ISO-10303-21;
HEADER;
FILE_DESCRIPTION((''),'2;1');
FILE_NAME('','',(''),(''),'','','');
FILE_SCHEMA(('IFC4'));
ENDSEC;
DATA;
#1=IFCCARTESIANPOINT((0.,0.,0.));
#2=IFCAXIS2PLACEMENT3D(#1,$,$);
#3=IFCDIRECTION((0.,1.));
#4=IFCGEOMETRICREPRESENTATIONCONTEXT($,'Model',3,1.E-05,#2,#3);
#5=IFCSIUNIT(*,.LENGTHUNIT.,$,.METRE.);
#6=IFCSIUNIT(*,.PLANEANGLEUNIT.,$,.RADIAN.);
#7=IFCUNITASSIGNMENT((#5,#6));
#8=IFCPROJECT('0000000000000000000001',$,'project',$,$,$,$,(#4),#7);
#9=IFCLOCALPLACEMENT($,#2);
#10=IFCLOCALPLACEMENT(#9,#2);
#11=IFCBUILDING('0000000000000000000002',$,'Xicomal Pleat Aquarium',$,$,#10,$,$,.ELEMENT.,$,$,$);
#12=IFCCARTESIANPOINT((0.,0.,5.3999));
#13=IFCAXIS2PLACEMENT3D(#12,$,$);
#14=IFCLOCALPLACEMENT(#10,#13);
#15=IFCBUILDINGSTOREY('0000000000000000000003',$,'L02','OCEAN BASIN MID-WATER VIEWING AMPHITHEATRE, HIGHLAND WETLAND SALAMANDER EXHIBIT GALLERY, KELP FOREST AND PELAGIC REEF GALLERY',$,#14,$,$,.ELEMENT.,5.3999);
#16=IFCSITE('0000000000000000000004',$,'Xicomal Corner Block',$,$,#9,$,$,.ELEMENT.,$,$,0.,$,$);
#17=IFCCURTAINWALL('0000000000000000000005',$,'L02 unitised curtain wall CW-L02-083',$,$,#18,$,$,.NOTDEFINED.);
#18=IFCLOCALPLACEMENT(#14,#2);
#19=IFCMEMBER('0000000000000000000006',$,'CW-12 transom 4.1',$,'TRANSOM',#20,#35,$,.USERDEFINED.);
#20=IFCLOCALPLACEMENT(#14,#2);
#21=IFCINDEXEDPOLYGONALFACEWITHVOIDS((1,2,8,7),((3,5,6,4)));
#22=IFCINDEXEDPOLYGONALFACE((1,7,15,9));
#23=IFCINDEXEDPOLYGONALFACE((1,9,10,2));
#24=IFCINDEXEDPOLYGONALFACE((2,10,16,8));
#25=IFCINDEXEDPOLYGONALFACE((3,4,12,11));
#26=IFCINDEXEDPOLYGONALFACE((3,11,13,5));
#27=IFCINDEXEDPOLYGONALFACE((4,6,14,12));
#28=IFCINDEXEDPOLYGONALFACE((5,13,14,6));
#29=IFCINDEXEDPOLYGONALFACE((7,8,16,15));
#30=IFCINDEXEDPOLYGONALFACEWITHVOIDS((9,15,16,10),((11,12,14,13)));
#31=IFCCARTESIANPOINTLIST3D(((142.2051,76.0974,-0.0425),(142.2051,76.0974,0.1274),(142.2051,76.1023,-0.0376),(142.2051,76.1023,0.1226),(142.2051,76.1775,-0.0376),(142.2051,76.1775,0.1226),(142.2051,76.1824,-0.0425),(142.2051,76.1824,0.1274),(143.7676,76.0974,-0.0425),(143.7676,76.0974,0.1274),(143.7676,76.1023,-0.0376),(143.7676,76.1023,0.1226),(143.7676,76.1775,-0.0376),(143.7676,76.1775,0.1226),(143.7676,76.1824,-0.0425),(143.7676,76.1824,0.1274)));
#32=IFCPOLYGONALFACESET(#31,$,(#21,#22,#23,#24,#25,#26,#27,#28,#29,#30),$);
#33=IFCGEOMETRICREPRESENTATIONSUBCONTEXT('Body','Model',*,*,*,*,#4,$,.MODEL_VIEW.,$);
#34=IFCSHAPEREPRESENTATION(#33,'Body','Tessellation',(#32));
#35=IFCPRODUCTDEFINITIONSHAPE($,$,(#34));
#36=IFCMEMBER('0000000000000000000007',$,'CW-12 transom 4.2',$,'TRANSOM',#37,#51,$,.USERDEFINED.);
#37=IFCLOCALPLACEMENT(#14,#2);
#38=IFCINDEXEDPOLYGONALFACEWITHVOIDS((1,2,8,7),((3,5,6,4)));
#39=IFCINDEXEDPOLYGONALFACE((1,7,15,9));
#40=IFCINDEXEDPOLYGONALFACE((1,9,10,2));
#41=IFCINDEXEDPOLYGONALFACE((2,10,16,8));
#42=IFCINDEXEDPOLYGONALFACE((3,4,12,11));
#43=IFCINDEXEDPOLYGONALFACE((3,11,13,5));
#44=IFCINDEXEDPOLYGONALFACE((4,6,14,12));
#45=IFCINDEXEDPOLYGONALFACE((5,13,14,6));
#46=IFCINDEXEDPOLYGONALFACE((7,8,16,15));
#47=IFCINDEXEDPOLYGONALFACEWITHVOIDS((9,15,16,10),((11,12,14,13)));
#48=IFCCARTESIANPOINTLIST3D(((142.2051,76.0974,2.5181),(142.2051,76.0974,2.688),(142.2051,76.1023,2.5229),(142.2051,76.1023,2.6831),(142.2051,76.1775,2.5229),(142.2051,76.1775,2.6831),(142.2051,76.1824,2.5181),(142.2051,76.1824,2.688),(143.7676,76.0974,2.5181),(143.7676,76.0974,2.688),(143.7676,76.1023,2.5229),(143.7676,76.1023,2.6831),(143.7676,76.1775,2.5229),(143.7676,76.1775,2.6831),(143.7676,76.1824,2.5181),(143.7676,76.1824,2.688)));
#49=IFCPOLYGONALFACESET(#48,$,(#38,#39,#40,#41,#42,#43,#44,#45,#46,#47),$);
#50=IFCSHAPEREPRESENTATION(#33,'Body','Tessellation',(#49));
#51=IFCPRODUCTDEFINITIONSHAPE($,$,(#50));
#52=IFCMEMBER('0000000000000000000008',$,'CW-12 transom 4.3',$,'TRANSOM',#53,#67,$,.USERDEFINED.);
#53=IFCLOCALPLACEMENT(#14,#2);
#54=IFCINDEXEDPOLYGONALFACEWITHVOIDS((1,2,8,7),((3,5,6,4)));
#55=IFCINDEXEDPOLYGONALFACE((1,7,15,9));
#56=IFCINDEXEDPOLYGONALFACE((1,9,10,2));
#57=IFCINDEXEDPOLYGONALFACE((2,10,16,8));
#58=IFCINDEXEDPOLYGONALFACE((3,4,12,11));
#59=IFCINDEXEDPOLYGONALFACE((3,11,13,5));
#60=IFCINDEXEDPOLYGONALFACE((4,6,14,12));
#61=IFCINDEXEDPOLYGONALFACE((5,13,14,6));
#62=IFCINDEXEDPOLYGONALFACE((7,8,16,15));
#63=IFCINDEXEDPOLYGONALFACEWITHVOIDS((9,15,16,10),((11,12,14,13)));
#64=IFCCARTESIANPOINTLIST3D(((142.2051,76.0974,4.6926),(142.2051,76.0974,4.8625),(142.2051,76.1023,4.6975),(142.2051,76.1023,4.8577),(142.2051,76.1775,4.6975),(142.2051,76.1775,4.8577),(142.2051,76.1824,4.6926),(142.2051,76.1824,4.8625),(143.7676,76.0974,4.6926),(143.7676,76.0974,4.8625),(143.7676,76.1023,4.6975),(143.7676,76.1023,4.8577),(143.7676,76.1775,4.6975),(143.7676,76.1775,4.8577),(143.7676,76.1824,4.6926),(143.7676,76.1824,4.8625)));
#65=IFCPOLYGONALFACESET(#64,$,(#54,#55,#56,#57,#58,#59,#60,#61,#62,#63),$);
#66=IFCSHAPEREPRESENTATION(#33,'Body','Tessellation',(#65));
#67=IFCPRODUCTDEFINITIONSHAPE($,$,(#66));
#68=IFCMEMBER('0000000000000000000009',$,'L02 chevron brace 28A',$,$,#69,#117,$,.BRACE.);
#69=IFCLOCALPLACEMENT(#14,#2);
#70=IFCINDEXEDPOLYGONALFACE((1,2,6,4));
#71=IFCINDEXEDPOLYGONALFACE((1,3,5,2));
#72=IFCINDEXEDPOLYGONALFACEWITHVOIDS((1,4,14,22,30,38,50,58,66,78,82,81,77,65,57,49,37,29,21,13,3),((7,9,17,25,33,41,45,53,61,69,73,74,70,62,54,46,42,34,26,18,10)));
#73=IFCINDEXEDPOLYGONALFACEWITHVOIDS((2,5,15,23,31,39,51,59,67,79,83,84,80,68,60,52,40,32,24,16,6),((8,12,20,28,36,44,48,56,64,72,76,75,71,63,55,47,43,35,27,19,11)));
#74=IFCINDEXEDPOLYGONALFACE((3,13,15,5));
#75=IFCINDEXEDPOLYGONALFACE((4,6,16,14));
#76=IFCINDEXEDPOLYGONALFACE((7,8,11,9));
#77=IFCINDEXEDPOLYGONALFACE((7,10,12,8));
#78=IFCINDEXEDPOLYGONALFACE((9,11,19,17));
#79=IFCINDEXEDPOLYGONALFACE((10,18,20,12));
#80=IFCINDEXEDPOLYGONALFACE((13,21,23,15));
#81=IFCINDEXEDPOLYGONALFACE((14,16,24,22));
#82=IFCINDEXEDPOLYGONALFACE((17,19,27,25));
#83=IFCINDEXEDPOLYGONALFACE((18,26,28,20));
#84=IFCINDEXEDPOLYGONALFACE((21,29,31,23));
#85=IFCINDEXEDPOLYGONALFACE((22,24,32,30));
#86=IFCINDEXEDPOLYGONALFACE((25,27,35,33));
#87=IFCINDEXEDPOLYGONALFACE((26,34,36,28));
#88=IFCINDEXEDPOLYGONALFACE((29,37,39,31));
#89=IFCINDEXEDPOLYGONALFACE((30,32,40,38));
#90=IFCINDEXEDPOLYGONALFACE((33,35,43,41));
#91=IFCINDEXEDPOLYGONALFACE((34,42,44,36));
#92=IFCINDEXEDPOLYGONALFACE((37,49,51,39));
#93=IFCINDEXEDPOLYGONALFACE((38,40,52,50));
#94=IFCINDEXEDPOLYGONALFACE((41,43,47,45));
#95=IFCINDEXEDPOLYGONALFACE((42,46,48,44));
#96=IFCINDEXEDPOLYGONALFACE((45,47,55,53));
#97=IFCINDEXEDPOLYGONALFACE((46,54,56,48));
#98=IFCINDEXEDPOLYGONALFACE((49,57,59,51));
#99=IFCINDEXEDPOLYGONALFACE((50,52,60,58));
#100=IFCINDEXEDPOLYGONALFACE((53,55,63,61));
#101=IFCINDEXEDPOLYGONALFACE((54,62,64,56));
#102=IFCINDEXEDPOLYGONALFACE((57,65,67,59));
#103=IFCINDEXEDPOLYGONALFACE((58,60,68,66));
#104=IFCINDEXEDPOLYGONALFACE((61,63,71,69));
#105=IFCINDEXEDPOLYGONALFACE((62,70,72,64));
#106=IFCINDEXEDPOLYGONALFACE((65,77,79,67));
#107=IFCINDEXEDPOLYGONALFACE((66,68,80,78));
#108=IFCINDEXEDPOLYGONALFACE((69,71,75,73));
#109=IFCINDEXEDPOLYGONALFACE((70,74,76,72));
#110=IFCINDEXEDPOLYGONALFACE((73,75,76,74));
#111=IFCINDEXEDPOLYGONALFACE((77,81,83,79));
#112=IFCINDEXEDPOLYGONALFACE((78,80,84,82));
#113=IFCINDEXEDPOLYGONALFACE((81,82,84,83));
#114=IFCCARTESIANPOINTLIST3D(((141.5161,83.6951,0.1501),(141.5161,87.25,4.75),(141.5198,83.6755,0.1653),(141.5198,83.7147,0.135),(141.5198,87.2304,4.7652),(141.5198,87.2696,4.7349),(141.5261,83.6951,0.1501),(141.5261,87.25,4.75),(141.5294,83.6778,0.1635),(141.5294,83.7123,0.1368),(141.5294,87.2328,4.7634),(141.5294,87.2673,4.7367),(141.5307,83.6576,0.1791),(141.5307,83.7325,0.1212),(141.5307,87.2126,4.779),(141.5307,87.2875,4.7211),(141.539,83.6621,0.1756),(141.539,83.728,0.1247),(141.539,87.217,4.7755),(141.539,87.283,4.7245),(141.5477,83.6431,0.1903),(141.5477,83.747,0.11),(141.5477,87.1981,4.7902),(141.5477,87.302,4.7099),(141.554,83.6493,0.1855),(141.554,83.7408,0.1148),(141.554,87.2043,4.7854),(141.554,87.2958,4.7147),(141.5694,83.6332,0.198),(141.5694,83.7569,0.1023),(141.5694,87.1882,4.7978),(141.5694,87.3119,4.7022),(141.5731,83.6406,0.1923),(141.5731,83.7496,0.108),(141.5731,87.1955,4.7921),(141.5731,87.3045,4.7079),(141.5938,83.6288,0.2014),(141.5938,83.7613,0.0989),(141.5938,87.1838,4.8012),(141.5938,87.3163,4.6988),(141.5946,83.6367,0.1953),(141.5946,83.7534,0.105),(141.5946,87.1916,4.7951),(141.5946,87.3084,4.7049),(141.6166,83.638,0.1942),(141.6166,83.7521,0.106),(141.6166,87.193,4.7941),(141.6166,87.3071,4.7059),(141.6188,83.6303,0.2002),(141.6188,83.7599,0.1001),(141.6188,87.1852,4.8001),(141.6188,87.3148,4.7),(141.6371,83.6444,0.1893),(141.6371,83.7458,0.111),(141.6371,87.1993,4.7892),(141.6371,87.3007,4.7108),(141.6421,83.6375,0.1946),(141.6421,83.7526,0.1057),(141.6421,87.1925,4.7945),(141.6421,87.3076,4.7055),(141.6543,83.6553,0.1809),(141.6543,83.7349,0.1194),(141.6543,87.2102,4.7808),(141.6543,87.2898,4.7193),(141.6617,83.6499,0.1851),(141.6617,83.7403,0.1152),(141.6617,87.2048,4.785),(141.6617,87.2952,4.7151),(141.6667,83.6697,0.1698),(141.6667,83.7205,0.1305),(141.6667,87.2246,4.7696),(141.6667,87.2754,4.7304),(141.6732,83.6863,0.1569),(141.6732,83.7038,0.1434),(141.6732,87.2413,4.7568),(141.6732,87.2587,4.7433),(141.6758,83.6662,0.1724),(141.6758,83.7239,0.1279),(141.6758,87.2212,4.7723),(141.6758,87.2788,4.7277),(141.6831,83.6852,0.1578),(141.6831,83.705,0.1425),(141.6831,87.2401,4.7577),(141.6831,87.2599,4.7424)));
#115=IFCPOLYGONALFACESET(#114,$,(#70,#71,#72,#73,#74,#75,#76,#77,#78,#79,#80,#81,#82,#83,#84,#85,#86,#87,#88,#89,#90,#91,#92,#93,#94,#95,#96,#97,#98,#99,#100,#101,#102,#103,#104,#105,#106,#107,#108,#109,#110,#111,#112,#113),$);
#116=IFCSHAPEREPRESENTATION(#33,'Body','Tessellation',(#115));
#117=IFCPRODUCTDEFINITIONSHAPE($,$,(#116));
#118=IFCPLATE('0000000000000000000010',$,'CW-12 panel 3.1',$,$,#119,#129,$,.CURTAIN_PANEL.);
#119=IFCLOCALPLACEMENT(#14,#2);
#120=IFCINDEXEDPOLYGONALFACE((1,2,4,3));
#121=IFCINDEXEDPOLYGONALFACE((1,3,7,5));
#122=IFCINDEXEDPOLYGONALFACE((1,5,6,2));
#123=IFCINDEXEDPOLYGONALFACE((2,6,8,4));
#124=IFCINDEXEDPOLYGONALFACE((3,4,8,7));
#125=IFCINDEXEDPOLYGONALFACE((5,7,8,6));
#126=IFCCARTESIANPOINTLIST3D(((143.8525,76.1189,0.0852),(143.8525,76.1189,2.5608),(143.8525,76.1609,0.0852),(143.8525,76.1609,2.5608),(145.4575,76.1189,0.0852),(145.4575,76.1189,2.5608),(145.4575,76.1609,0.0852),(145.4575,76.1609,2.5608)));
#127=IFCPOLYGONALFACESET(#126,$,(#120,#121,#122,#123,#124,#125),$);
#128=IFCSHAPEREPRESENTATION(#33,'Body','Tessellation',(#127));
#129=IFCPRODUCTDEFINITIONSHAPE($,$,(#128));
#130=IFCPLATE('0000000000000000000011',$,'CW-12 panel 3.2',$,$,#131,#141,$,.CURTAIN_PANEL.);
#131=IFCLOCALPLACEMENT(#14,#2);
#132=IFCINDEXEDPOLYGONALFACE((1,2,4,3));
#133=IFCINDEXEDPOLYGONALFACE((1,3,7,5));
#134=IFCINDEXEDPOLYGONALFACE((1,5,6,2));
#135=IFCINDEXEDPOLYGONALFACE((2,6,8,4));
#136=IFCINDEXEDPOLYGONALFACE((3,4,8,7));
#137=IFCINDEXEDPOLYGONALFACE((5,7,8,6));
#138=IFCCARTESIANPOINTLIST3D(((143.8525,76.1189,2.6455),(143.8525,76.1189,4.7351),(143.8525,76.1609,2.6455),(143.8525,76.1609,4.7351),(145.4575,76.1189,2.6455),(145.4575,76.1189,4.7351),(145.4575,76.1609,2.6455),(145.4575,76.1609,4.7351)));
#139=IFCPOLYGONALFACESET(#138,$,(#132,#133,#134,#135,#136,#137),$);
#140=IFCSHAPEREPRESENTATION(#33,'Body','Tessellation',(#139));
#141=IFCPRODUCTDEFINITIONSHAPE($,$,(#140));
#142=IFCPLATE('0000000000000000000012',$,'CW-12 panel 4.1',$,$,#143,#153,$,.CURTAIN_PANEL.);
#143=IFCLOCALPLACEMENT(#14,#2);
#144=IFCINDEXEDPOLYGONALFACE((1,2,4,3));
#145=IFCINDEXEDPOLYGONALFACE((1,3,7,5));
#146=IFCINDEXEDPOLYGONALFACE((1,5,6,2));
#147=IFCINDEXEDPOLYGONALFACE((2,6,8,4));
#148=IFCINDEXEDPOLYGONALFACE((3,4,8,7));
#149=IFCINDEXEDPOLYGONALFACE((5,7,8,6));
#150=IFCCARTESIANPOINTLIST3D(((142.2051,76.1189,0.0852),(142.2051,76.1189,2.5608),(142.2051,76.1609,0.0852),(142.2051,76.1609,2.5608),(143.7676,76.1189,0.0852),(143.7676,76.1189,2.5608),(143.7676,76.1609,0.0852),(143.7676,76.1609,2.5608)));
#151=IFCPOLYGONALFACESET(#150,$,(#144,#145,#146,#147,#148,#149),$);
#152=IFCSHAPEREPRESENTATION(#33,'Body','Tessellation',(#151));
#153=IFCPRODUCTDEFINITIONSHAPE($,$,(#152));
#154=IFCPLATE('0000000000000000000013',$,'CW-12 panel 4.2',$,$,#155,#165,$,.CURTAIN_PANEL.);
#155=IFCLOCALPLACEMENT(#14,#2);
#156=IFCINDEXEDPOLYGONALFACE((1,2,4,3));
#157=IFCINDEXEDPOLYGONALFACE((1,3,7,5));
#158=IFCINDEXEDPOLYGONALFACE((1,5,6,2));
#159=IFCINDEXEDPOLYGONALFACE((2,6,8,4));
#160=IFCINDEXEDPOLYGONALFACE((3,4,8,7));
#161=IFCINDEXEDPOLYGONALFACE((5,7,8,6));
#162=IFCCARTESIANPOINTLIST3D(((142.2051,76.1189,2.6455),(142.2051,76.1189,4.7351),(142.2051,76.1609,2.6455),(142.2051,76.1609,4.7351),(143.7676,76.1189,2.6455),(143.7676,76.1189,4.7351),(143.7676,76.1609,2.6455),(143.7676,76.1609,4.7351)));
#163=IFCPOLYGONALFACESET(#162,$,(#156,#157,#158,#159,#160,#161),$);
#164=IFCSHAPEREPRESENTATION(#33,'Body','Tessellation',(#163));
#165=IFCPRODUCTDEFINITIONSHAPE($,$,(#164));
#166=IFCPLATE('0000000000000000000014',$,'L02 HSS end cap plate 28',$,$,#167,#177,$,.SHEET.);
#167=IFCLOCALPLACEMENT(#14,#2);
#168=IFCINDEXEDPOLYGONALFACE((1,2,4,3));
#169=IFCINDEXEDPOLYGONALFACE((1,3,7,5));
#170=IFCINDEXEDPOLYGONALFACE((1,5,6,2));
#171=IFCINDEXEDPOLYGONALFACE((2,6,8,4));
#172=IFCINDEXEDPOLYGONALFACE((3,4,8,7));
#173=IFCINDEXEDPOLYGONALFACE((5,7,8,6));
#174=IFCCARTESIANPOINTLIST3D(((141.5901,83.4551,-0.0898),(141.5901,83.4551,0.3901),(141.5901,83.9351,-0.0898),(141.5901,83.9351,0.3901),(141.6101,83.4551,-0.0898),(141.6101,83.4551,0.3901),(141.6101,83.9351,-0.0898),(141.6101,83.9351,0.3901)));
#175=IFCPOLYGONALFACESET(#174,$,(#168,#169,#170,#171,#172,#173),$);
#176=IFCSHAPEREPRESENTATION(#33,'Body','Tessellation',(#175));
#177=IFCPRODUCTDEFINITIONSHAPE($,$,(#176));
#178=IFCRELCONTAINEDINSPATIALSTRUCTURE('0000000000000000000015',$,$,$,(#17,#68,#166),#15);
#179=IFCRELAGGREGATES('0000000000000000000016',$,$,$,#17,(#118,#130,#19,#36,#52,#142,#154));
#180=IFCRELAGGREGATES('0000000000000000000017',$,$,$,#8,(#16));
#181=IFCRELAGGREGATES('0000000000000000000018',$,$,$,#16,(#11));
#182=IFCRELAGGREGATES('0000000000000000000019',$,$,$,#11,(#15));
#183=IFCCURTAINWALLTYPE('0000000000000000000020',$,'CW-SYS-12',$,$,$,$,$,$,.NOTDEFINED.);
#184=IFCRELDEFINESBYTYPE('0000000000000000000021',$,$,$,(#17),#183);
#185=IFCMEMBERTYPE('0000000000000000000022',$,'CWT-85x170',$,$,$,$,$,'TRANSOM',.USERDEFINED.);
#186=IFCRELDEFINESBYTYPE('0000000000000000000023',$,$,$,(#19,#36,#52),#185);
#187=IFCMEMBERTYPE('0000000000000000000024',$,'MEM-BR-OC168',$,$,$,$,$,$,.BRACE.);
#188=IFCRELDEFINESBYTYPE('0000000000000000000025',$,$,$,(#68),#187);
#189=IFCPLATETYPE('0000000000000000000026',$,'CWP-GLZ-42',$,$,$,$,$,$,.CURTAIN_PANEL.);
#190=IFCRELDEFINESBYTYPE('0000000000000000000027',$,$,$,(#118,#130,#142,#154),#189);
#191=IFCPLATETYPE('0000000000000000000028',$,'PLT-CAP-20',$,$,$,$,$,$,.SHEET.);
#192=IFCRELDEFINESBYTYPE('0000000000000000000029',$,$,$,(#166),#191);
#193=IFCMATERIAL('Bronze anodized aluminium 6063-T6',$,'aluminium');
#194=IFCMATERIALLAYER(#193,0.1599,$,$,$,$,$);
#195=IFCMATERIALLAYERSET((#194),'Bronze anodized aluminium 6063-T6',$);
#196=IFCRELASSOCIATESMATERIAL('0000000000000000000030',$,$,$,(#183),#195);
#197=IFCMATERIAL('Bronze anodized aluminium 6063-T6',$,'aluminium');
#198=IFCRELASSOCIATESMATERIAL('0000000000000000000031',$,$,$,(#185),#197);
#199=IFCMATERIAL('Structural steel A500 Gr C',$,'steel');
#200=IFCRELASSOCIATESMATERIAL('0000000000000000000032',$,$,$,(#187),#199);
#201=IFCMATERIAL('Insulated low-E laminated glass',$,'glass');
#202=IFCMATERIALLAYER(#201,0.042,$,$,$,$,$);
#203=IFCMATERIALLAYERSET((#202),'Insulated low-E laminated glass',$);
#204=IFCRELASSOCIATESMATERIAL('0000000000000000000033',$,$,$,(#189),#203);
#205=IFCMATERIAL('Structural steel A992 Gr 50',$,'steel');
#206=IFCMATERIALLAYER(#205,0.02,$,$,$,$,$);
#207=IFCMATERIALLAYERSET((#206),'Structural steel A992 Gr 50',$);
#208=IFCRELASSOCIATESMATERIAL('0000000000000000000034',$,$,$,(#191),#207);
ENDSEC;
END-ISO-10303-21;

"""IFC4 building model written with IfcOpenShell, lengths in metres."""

from ifc_helpers import new_model, si_unit, direction, frame, origin, origin_2d, place, context, subcontext, project, spatial, rectangle, hollow_rectangle, hollow_circle, extrude, material, layer, layer_set, material_profile, profile_set, type_object, element, aggregate, save


model = new_model("IFC4")

# Units and contexts
model_context = context("Model", 3, precision=1e-05, world=origin(), true_north=direction((0.0, 1.0)))
body_context = subcontext(model_context, "Body", "Model", "MODEL_VIEW")
ifc_project = project(units=[si_unit("LENGTHUNIT", "METRE"), si_unit("PLANEANGLEUNIT", "RADIAN")], contexts=[model_context])

# Site, building, storey
site_placement = place(None, origin())
site = spatial("IfcSite", under=ifc_project, at=site_placement, Name="Xicomal Corner Block", CompositionType="ELEMENT", RefElevation=0.0)
building_placement = place(site_placement, origin())
building = spatial("IfcBuilding", under=site, at=building_placement, Name="Xicomal Pleat Aquarium", CompositionType="ELEMENT")
storey_placement = place(building_placement, frame((0.0, 0.0, 5.3999)))
storey = spatial("IfcBuildingStorey", under=building, at=storey_placement, Name="L02", Description="OCEAN BASIN MID-WATER VIEWING AMPHITHEATRE, HIGHLAND WETLAND SALAMANDER EXHIBIT GALLERY, KELP FOREST AND PELAGIC REEF GALLERY", CompositionType="ELEMENT", Elevation=5.3999)

# Curtain wall, members
ifc_material_1 = material(Name="Bronze anodized aluminium 6063-T6", Category="aluminium")
ifc_layer_1 = layer(ifc_material_1, 0.1599)
ifc_layer_set_1 = layer_set([ifc_layer_1], Name="Bronze anodized aluminium 6063-T6")
curtain_wall_type = type_object("IfcCurtainWallType", Name="CW-SYS-12", PredefinedType="NOTDEFINED", material=ifc_layer_set_1)
curtain_wall_placement = place(storey_placement, origin())
curtain_wall = element("IfcCurtainWall", 1, at=curtain_wall_placement, inside=storey, type_object=curtain_wall_type, Name="L02 unitised curtain wall CW-L02-083", PredefinedType="NOTDEFINED")
ifc_material_2 = material(Name="Bronze anodized aluminium 6063-T6", Category="aluminium")
ifc_material_profile_1 = material_profile(ifc_material_2, hollow_rectangle(XDim=0.085, YDim=0.1699, WallThickness=0.0049, at=origin_2d()), Name="ALU TRAN 85x170")
ifc_profile_set_1 = profile_set([ifc_material_profile_1], Name="Bronze anodized aluminium 6063-T6")
member_type_1 = type_object("IfcMemberType", Name="CWT-85x170", ElementType="TRANSOM", PredefinedType="USERDEFINED", material=ifc_profile_set_1)
member_1_placement = place(storey_placement, frame((143.7676, 76.1399, 0.0425), z_axis=(-1.0, 0.0, 0.0), x_axis=(0.0, -1.0, 0.0)))
member_1 = element("IfcMember", 2, at=member_1_placement, type_object=member_type_1, Name="CW-12 transom 4.1", ObjectType="TRANSOM", PredefinedType="USERDEFINED", context=body_context, shape_type="SweptSolid", body=[
    extrude(hollow_rectangle(XDim=0.085, YDim=0.1699, WallThickness=0.0049, at=origin_2d()), origin(), (0.0, 0.0, 1.0), 1.5625),
])
member_2_placement = place(storey_placement, frame((143.7676, 76.1399, 2.603), z_axis=(-1.0, 0.0, 0.0), x_axis=(0.0, -1.0, 0.0)))
member_2 = element("IfcMember", 3, at=member_2_placement, type_object=member_type_1, Name="CW-12 transom 4.2", ObjectType="TRANSOM", PredefinedType="USERDEFINED", context=body_context, shape_type="SweptSolid", body=[
    extrude(hollow_rectangle(XDim=0.085, YDim=0.1699, WallThickness=0.0049, at=origin_2d()), origin(), (0.0, 0.0, 1.0), 1.5625),
])
member_3_placement = place(storey_placement, frame((143.7676, 76.1399, 4.7776), z_axis=(-1.0, 0.0, 0.0), x_axis=(0.0, -1.0, 0.0)))
member_3 = element("IfcMember", 4, at=member_3_placement, type_object=member_type_1, Name="CW-12 transom 4.3", ObjectType="TRANSOM", PredefinedType="USERDEFINED", context=body_context, shape_type="SweptSolid", body=[
    extrude(hollow_rectangle(XDim=0.085, YDim=0.1699, WallThickness=0.0049, at=origin_2d()), origin(), (0.0, 0.0, 1.0), 1.5625),
])

# Member
ifc_material_3 = material(Name="Structural steel A500 Gr C", Category="steel")
ifc_material_profile_2 = material_profile(ifc_material_3, hollow_circle(Radius=0.084, WallThickness=0.01, at=origin_2d()), Name="OC 168x10")
ifc_profile_set_2 = profile_set([ifc_material_profile_2], Name="Structural steel A500 Gr C")
member_type_2 = type_object("IfcMemberType", Name="MEM-BR-OC168", PredefinedType="BRACE", material=ifc_profile_set_2)
member_4_placement = place(storey_placement, frame((141.6001, 83.6951, 0.1501), z_axis=(0.0, 0.611501, 0.791243), x_axis=(-1.0, 0.0, 0.0)))
element("IfcMember", 5, at=member_4_placement, inside=storey, type_object=member_type_2, Name="L02 chevron brace 28A", PredefinedType="BRACE", context=body_context, shape_type="SweptSolid", body=[
    extrude(hollow_circle(Radius=0.084, WallThickness=0.01, at=origin_2d()), origin(), (0.0, 0.0, 1.0), 5.8135),
])

# Plates
ifc_material_4 = material(Name="Insulated low-E laminated glass", Category="glass")
ifc_layer_2 = layer(ifc_material_4, 0.042)
ifc_layer_set_2 = layer_set([ifc_layer_2], Name="Insulated low-E laminated glass")
plate_type_1 = type_object("IfcPlateType", Name="CWP-GLZ-42", PredefinedType="CURTAIN_PANEL", material=ifc_layer_set_2)
plate_1_placement = place(storey_placement, frame((144.655, 76.1399, 0.0852), z_axis=(0.0, 0.0, 1.0), x_axis=(-1.0, 0.0, 0.0)))
plate_1 = element("IfcPlate", 6, at=plate_1_placement, type_object=plate_type_1, Name="CW-12 panel 3.1", PredefinedType="CURTAIN_PANEL", context=body_context, shape_type="SweptSolid", body=[
    extrude(rectangle(XDim=1.605, YDim=0.042, at=origin_2d()), origin(), (0.0, 0.0, 1.0), 2.4756),
])
plate_2_placement = place(storey_placement, frame((144.655, 76.1399, 2.6455), z_axis=(0.0, 0.0, 1.0), x_axis=(-1.0, 0.0, 0.0)))
plate_2 = element("IfcPlate", 7, at=plate_2_placement, type_object=plate_type_1, Name="CW-12 panel 3.2", PredefinedType="CURTAIN_PANEL", context=body_context, shape_type="SweptSolid", body=[
    extrude(rectangle(XDim=1.605, YDim=0.042, at=origin_2d()), origin(), (0.0, 0.0, 1.0), 2.0896),
])
plate_3_placement = place(storey_placement, frame((142.9863, 76.1399, 0.0852), z_axis=(0.0, 0.0, 1.0), x_axis=(-1.0, 0.0, 0.0)))
plate_3 = element("IfcPlate", 8, at=plate_3_placement, type_object=plate_type_1, Name="CW-12 panel 4.1", PredefinedType="CURTAIN_PANEL", context=body_context, shape_type="SweptSolid", body=[
    extrude(rectangle(XDim=1.5625, YDim=0.042, at=origin_2d()), origin(), (0.0, 0.0, 1.0), 2.4756),
])
plate_4_placement = place(storey_placement, frame((142.9863, 76.1399, 2.6455), z_axis=(0.0, 0.0, 1.0), x_axis=(-1.0, 0.0, 0.0)))
plate_4 = element("IfcPlate", 9, at=plate_4_placement, type_object=plate_type_1, Name="CW-12 panel 4.2", PredefinedType="CURTAIN_PANEL", context=body_context, shape_type="SweptSolid", body=[
    extrude(rectangle(XDim=1.5625, YDim=0.042, at=origin_2d()), origin(), (0.0, 0.0, 1.0), 2.0896),
])
aggregate(curtain_wall, [plate_1, plate_2, member_1, member_2, member_3, plate_3, plate_4])
ifc_material_5 = material(Name="Structural steel A992 Gr 50", Category="steel")
ifc_layer_3 = layer(ifc_material_5, 0.02)
ifc_layer_set_3 = layer_set([ifc_layer_3], Name="Structural steel A992 Gr 50")
plate_type_2 = type_object("IfcPlateType", Name="PLT-CAP-20", PredefinedType="SHEET", material=ifc_layer_set_3)
plate_5_placement = place(storey_placement, frame((141.6001, 83.6951, -0.0898), z_axis=(0.0, 0.0, 1.0), x_axis=(0.0, 1.0, 0.0)))
element("IfcPlate", 10, at=plate_5_placement, inside=storey, type_object=plate_type_2, Name="L02 HSS end cap plate 28", PredefinedType="SHEET", context=body_context, shape_type="SweptSolid", body=[
    extrude(rectangle(XDim=0.48, YDim=0.02, at=origin_2d()), origin(), (0.0, 0.0, 1.0), 0.48),
])

save(model, "model.ifc")
